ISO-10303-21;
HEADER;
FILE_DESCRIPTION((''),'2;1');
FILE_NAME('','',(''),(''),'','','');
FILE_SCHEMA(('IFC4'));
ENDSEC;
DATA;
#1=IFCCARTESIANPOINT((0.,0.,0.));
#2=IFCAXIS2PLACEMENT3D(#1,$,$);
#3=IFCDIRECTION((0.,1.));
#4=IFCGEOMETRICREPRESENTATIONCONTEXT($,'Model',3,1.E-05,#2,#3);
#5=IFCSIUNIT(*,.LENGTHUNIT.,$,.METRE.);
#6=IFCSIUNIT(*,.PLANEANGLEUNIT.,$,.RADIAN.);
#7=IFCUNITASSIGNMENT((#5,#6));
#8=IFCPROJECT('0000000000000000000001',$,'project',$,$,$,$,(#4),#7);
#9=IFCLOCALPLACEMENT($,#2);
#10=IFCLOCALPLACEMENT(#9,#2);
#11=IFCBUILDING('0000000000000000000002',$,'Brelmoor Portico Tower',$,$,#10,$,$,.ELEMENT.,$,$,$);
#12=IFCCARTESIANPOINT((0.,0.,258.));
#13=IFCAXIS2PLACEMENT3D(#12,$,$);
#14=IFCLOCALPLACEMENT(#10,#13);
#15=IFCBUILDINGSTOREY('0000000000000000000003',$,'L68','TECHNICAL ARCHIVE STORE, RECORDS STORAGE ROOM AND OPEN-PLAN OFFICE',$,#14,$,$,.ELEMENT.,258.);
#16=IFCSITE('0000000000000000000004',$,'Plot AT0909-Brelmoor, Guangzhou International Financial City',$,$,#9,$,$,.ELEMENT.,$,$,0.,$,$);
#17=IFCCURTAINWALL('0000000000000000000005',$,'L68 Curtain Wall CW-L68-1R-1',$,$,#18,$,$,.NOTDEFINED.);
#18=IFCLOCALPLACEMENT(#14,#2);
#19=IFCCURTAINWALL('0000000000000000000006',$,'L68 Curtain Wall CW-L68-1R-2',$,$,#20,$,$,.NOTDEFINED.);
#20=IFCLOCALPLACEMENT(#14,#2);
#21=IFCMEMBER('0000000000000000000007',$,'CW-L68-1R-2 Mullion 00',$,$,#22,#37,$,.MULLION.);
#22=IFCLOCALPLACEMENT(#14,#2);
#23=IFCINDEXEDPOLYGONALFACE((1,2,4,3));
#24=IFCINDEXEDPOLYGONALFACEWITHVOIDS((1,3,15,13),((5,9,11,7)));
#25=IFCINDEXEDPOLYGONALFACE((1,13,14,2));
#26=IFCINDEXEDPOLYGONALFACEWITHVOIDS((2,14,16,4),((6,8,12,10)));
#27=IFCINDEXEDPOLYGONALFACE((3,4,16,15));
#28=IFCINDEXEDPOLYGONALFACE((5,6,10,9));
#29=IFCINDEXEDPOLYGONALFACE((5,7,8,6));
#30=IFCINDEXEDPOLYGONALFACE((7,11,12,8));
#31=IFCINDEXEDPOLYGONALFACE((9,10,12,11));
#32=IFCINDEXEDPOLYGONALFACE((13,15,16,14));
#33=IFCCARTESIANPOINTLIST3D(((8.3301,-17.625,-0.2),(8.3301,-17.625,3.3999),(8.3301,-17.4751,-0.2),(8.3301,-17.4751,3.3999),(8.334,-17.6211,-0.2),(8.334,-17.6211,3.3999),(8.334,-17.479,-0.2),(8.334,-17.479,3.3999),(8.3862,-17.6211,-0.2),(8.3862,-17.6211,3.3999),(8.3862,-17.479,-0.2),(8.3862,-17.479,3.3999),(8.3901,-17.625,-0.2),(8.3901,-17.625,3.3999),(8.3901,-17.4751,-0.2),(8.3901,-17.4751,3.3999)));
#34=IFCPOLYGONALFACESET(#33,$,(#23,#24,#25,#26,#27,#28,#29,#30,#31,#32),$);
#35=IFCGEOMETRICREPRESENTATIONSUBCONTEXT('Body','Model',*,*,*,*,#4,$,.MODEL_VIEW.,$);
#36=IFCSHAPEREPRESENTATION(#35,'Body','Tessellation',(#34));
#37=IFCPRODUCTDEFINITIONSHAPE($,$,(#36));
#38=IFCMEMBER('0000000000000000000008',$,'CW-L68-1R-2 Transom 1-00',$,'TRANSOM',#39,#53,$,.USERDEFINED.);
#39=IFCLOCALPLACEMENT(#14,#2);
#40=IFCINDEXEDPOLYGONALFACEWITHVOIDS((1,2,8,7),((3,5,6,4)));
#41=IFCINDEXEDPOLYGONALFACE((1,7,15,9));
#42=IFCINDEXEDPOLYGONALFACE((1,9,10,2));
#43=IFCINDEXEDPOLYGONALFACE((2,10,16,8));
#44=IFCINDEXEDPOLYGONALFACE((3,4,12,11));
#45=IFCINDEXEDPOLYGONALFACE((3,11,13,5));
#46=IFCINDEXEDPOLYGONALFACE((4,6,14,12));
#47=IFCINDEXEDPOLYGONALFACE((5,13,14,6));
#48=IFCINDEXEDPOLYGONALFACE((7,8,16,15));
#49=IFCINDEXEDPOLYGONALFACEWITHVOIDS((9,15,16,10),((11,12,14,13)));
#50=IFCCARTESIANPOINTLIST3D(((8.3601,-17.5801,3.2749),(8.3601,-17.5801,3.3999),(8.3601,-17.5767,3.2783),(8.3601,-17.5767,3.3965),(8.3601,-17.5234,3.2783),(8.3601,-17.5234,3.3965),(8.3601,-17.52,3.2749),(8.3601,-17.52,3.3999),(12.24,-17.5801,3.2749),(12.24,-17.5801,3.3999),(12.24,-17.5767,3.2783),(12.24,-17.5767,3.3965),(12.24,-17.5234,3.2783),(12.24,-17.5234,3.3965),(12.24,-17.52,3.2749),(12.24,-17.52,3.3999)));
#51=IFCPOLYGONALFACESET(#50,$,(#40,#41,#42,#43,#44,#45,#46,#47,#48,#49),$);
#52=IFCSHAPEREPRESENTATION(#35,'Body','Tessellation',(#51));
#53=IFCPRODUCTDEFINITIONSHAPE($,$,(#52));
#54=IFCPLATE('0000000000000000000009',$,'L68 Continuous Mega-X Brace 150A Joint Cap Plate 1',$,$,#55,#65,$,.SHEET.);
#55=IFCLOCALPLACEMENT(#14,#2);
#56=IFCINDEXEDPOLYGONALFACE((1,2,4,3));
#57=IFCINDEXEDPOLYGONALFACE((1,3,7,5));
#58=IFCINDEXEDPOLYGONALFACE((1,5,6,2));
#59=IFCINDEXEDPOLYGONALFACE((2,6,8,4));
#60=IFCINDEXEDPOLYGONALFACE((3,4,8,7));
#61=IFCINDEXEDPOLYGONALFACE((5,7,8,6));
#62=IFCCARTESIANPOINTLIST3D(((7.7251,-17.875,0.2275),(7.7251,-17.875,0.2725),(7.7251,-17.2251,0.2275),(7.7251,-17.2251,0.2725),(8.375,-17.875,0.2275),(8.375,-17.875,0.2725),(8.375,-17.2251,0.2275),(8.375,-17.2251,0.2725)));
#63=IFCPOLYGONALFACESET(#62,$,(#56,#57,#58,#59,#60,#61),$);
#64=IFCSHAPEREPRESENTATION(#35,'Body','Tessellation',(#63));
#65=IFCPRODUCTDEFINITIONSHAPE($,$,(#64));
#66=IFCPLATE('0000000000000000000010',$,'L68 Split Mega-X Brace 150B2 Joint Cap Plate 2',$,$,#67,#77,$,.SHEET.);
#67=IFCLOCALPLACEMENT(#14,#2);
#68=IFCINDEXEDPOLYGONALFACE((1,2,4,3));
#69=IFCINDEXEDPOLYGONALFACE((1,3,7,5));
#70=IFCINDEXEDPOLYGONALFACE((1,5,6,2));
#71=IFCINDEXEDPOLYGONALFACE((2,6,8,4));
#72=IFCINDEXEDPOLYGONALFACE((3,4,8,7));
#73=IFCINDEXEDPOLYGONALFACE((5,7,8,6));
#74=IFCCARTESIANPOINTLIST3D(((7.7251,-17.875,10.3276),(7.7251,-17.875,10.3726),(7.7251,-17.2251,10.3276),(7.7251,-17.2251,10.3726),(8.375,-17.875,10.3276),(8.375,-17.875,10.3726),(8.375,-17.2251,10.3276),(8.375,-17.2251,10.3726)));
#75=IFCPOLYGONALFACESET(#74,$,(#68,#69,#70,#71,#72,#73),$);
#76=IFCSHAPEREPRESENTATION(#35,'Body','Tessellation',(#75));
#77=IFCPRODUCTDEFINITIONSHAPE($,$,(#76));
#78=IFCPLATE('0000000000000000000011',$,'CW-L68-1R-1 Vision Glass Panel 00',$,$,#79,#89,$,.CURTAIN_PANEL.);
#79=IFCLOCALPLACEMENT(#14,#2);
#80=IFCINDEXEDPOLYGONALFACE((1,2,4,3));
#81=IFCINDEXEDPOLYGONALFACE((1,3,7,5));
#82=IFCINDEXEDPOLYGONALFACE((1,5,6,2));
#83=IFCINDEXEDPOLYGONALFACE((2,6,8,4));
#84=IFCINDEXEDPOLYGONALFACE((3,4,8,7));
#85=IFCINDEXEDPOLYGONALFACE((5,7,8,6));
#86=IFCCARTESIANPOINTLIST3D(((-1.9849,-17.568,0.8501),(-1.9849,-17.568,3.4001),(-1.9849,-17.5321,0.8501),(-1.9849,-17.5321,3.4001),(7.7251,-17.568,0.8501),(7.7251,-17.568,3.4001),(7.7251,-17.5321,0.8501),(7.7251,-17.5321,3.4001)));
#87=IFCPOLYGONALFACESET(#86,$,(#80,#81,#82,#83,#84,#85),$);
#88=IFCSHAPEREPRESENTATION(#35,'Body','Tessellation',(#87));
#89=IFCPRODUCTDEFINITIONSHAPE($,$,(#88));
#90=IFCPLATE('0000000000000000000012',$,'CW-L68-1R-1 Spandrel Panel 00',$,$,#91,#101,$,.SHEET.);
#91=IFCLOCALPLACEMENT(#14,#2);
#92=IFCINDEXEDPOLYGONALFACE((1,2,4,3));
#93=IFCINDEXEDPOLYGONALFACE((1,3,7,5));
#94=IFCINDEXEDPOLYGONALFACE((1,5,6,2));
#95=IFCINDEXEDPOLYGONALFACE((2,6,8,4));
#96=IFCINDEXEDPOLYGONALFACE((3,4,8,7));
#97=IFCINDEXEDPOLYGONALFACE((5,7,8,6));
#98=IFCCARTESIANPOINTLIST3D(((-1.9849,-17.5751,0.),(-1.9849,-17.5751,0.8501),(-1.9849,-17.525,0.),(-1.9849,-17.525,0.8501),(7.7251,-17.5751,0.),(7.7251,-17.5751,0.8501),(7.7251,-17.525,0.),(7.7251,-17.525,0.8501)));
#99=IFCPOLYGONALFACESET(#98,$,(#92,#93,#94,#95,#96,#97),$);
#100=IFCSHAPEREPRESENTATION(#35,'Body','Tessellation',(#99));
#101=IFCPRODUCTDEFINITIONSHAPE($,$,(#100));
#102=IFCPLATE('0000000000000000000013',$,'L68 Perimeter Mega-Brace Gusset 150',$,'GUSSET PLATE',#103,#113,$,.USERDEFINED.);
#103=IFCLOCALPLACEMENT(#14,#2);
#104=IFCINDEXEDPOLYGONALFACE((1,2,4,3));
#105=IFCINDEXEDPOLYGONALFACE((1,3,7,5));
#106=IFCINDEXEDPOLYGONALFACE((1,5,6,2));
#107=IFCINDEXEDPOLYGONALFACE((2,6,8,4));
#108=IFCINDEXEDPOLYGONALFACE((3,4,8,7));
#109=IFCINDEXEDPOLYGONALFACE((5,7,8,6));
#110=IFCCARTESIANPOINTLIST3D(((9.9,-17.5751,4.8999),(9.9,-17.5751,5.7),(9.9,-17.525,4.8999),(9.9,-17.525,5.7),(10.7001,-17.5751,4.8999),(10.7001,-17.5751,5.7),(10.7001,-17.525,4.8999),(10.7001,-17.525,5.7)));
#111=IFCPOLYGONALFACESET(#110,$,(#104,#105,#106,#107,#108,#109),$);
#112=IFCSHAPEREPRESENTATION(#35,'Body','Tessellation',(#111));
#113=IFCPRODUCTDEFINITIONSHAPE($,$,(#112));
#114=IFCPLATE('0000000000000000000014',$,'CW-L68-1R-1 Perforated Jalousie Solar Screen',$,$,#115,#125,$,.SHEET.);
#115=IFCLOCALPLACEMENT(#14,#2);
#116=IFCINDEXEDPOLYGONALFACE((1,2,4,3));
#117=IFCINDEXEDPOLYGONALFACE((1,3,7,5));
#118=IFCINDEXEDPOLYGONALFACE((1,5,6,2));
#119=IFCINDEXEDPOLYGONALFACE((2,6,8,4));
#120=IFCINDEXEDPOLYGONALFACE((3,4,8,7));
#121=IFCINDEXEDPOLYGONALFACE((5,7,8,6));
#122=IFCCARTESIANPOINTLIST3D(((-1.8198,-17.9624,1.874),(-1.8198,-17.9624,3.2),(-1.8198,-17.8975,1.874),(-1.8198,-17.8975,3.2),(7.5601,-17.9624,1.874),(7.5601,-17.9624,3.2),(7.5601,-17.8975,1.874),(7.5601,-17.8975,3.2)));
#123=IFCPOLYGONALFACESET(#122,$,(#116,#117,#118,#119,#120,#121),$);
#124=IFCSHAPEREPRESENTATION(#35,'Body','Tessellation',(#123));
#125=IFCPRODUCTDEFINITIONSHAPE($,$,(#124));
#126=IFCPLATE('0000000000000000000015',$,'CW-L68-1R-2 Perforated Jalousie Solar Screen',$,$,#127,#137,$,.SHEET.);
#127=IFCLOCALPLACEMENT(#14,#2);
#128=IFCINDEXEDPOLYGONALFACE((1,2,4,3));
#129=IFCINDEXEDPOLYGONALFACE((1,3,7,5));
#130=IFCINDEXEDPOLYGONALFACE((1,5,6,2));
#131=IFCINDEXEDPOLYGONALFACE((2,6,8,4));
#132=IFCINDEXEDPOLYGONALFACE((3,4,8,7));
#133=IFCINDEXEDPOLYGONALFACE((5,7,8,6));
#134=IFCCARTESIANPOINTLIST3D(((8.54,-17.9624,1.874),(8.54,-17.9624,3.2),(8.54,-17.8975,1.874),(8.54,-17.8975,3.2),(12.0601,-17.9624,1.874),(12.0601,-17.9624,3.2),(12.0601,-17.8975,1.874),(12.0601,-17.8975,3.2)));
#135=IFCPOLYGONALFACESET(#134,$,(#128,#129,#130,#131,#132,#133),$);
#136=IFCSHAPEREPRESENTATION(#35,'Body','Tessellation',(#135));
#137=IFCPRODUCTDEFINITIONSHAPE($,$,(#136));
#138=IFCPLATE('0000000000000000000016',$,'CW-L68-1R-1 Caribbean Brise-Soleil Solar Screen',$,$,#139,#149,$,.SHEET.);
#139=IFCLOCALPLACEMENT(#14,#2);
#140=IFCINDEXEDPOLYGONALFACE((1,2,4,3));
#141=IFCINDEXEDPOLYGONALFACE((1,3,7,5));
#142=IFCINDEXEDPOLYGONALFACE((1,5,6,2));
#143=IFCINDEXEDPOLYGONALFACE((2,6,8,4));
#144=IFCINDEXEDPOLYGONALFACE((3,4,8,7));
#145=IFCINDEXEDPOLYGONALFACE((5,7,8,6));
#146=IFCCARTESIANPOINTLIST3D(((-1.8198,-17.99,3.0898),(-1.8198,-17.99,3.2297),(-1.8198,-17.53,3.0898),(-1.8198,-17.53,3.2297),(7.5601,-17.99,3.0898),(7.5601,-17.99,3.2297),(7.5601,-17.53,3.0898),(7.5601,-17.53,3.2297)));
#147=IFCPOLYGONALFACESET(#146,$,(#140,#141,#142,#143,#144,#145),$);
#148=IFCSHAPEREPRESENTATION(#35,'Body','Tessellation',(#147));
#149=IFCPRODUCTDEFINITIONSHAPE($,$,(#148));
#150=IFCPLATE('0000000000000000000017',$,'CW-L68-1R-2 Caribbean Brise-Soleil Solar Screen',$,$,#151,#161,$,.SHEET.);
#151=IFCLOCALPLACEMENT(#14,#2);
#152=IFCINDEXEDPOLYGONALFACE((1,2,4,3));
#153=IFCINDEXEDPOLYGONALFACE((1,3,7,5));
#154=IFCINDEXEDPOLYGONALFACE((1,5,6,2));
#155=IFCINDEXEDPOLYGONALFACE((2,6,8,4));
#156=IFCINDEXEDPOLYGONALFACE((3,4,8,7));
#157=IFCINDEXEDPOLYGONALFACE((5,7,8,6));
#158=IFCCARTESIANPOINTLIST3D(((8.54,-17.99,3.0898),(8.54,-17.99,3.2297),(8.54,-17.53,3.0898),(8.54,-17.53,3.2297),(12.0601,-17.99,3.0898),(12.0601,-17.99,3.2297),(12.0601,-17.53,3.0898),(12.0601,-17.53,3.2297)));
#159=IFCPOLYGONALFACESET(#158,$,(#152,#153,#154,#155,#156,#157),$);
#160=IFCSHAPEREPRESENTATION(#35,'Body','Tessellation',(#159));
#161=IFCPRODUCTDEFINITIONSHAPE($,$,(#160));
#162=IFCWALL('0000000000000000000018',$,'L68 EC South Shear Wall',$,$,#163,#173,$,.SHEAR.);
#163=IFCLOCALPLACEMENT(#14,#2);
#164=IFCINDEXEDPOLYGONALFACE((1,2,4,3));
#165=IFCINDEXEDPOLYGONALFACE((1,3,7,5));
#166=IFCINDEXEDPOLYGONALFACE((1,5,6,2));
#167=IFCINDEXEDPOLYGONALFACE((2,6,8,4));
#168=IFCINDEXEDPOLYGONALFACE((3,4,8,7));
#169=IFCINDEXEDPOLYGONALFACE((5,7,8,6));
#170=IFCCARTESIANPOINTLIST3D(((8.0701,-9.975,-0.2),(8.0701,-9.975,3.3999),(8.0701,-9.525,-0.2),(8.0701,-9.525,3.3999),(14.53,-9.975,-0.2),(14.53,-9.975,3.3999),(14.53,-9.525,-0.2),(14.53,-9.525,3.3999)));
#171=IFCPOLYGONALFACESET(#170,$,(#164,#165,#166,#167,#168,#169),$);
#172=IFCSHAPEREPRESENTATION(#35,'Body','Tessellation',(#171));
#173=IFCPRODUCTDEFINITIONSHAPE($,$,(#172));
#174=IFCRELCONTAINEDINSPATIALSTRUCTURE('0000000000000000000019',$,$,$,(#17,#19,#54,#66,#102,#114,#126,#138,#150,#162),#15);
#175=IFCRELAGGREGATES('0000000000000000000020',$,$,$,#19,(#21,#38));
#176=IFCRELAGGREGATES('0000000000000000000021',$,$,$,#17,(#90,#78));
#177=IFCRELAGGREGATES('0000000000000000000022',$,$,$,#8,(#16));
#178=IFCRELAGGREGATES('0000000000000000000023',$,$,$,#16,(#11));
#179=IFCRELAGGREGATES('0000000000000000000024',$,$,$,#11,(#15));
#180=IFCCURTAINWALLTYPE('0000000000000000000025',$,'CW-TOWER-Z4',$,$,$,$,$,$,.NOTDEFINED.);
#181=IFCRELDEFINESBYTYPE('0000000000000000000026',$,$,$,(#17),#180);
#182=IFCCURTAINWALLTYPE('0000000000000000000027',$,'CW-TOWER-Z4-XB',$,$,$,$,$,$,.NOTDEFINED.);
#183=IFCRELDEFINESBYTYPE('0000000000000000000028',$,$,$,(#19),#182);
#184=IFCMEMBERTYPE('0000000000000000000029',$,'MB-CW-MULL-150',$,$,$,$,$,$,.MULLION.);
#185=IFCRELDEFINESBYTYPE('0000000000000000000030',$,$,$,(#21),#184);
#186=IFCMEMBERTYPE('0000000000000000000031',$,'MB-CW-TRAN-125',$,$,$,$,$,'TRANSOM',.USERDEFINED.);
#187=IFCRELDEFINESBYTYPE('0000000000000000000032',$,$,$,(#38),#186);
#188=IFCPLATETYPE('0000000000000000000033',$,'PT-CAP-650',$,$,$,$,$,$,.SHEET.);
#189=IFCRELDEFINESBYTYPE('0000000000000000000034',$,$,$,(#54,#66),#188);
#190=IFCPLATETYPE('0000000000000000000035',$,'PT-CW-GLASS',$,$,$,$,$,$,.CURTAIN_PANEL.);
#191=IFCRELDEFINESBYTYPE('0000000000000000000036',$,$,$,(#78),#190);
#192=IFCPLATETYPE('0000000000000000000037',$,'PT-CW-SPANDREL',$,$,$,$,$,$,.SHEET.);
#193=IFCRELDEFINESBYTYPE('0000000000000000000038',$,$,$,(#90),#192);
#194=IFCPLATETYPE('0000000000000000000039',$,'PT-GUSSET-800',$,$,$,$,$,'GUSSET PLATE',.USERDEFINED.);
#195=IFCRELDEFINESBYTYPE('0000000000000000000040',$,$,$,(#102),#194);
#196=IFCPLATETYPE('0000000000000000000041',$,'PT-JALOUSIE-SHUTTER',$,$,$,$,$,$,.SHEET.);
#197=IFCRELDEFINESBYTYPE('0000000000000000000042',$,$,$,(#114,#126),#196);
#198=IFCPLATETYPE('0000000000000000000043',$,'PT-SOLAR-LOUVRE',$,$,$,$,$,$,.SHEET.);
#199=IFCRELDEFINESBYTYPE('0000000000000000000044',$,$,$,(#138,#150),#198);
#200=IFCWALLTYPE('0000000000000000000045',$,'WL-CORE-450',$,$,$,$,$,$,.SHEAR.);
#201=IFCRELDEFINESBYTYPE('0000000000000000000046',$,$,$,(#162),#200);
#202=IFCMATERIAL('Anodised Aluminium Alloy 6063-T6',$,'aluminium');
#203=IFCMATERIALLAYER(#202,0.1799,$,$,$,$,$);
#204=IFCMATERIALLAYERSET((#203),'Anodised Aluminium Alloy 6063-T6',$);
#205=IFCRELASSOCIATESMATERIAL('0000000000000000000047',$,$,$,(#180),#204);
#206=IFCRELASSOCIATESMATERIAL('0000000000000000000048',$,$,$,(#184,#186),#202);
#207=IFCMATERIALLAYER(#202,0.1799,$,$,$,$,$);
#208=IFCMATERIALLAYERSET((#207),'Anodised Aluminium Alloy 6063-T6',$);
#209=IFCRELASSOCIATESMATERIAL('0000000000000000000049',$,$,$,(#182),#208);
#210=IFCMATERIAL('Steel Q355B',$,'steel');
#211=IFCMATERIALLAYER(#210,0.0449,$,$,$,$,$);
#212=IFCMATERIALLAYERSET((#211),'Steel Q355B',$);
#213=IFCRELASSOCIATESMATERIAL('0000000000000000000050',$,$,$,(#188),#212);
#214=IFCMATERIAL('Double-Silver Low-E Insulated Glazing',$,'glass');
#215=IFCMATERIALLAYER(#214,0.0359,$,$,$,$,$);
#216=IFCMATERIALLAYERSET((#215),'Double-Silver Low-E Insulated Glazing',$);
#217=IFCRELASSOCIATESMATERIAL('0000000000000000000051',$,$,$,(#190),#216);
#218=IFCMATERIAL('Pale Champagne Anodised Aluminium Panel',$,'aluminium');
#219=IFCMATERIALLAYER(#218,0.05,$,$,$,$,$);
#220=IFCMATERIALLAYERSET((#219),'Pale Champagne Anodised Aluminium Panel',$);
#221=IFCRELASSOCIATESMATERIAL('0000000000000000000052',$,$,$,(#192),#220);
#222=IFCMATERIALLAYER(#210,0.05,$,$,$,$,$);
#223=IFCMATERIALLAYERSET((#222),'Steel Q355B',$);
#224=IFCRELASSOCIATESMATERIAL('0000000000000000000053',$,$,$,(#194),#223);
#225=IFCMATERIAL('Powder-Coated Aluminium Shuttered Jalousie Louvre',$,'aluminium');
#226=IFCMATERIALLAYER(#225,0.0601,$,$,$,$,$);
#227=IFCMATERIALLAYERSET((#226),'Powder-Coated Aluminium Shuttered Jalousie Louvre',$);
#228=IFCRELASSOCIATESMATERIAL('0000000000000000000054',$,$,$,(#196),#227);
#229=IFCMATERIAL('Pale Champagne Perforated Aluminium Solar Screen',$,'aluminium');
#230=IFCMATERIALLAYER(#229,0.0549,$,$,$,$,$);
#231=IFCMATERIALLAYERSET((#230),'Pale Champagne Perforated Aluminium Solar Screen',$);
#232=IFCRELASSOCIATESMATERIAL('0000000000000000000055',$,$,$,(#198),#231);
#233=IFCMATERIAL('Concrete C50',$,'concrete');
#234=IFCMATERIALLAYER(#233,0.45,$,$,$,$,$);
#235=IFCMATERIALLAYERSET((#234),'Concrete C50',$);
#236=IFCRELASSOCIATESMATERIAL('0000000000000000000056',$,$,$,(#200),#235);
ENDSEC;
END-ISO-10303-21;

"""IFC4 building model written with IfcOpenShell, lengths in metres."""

from ifc_helpers import new_model, si_unit, direction, frame, frame_2d, origin, origin_2d, place, context, subcontext, project, spatial, rectangle, hollow_rectangle, extrude, material, layer, layer_set, material_profile, profile_set, type_object, element, aggregate, save


model = new_model("IFC4")

# Units and contexts
model_context = context("Model", 3, precision=1e-05, world=origin(), true_north=direction((0.0, 1.0)))
body_context = subcontext(model_context, "Body", "Model", "MODEL_VIEW")
ifc_project = project(units=[si_unit("LENGTHUNIT", "METRE"), si_unit("PLANEANGLEUNIT", "RADIAN")], contexts=[model_context])

# Site, building, storey
site_placement = place(None, origin())
site = spatial("IfcSite", under=ifc_project, at=site_placement, Name="Plot AT0909-Brelmoor, Guangzhou International Financial City", CompositionType="ELEMENT", RefElevation=0.0)
building_placement = place(site_placement, origin())
building = spatial("IfcBuilding", under=site, at=building_placement, Name="Brelmoor Portico Tower", CompositionType="ELEMENT")
storey_placement = place(building_placement, frame((0.0, 0.0, 258.0)))
storey = spatial("IfcBuildingStorey", under=building, at=storey_placement, Name="L68", Description="TECHNICAL ARCHIVE STORE, RECORDS STORAGE ROOM AND OPEN-PLAN OFFICE", CompositionType="ELEMENT", Elevation=258.0)

# Shared definitions
ifc_material_1 = material(Name="Steel Q355B", Category="steel")

# Curtain wall
ifc_material_2 = material(Name="Anodised Aluminium Alloy 6063-T6", Category="aluminium")
ifc_layer_1 = layer(ifc_material_2, 0.1799)
ifc_layer_set_1 = layer_set([ifc_layer_1], Name="Anodised Aluminium Alloy 6063-T6")
curtain_wall_type_1 = type_object("IfcCurtainWallType", Name="CW-TOWER-Z4", PredefinedType="NOTDEFINED", material=ifc_layer_set_1)
curtain_wall_1_placement = place(storey_placement, origin())
curtain_wall_1 = element("IfcCurtainWall", 1, at=curtain_wall_1_placement, inside=storey, type_object=curtain_wall_type_1, Name="L68 Curtain Wall CW-L68-1R-1", PredefinedType="NOTDEFINED")
ifc_material_profile_1 = material_profile(ifc_material_2, hollow_rectangle(XDim=0.0601, YDim=0.1499, WallThickness=0.0039, at=origin_2d()), Name="ALU MULLION 60x150")
ifc_profile_set_1 = profile_set([ifc_material_profile_1], Name="Anodised Aluminium Alloy 6063-T6")
member_type_1 = type_object("IfcMemberType", Name="MB-CW-MULL-150", PredefinedType="MULLION", material=ifc_profile_set_1)

# Curtain wall, members
ifc_layer_2 = layer(ifc_material_2, 0.1799)
ifc_layer_set_2 = layer_set([ifc_layer_2], Name="Anodised Aluminium Alloy 6063-T6")
curtain_wall_type_2 = type_object("IfcCurtainWallType", Name="CW-TOWER-Z4-XB", PredefinedType="NOTDEFINED", material=ifc_layer_set_2)
curtain_wall_2_placement = place(storey_placement, origin())
curtain_wall_2 = element("IfcCurtainWall", 2, at=curtain_wall_2_placement, inside=storey, type_object=curtain_wall_type_2, Name="L68 Curtain Wall CW-L68-1R-2", PredefinedType="NOTDEFINED")
member_1_placement = place(storey_placement, frame((8.3601, -17.55, -0.2), z_axis=(0.0, 0.0, 1.0), x_axis=(1.0, 0.0, 0.0)))
member_1 = element("IfcMember", 3, at=member_1_placement, type_object=member_type_1, Name="CW-L68-1R-2 Mullion 00", PredefinedType="MULLION", context=body_context, shape_type="SweptSolid", body=[
    extrude(hollow_rectangle(XDim=0.0601, YDim=0.1499, WallThickness=0.0039, at=origin_2d()), origin(), (0.0, 0.0, 1.0), 3.5999),
])
ifc_material_profile_2 = material_profile(ifc_material_2, hollow_rectangle(XDim=0.0601, YDim=0.125, WallThickness=0.0034, at=origin_2d()), Name="ALU TRANSOM 60x125")
ifc_profile_set_2 = profile_set([ifc_material_profile_2], Name="Anodised Aluminium Alloy 6063-T6")
member_type_2 = type_object("IfcMemberType", Name="MB-CW-TRAN-125", ElementType="TRANSOM", PredefinedType="USERDEFINED", material=ifc_profile_set_2)
member_2_placement = place(storey_placement, frame((8.3601, -17.55, 3.3374), z_axis=(1.0, 0.0, 0.0), x_axis=(0.0, 1.0, 0.0)))
member_2 = element("IfcMember", 4, at=member_2_placement, type_object=member_type_2, Name="CW-L68-1R-2 Transom 1-00", ObjectType="TRANSOM", PredefinedType="USERDEFINED", context=body_context, shape_type="SweptSolid", body=[
    extrude(hollow_rectangle(XDim=0.0601, YDim=0.125, WallThickness=0.0034, at=origin_2d()), origin(), (0.0, 0.0, 1.0), 3.8799),
])
aggregate(curtain_wall_2, [member_1, member_2])

# Plates
ifc_layer_3 = layer(ifc_material_1, 0.0449)
ifc_layer_set_3 = layer_set([ifc_layer_3], Name="Steel Q355B")
plate_type_1 = type_object("IfcPlateType", Name="PT-CAP-650", PredefinedType="SHEET", material=ifc_layer_set_3)
for number, where, z_axis, x_axis, name in (
    (5, (8.05, -17.55, 0.2275), (0.0, 0.0, 1.0), (1.0, 0.0, 0.0), "L68 Continuous Mega-X Brace 150A Joint Cap Plate 1"),
    (6, (8.05, -17.55, 10.3276), (0.0, 0.0, 1.0), (1.0, 0.0, 0.0), "L68 Split Mega-X Brace 150B2 Joint Cap Plate 2"),
):
    element("IfcPlate", number, at=place(storey_placement, frame(where, z_axis=z_axis, x_axis=x_axis)), inside=storey, type_object=plate_type_1, Name=name, PredefinedType="SHEET", context=body_context, shape_type="SweptSolid", body=[
        extrude(rectangle(XDim=0.6499, YDim=0.6499, at=origin_2d()), origin(), (0.0, 0.0, 1.0), 0.0449),
    ])

# Plates
ifc_material_3 = material(Name="Double-Silver Low-E Insulated Glazing", Category="glass")
ifc_layer_4 = layer(ifc_material_3, 0.0359)
ifc_layer_set_4 = layer_set([ifc_layer_4], Name="Double-Silver Low-E Insulated Glazing")
plate_type_2 = type_object("IfcPlateType", Name="PT-CW-GLASS", PredefinedType="CURTAIN_PANEL", material=ifc_layer_set_4)
plate_1_placement = place(storey_placement, frame((2.8701, -17.55, 0.8501), z_axis=(0.0, 0.0, 1.0), x_axis=(1.0, 0.0, 0.0)))
plate_1 = element("IfcPlate", 7, at=plate_1_placement, type_object=plate_type_2, Name="CW-L68-1R-1 Vision Glass Panel 00", PredefinedType="CURTAIN_PANEL", context=body_context, shape_type="SweptSolid", body=[
    extrude(rectangle(XDim=9.71, YDim=0.0359, at=origin_2d()), origin(), (0.0, 0.0, 1.0), 2.55),
])
ifc_material_4 = material(Name="Pale Champagne Anodised Aluminium Panel", Category="aluminium")
ifc_layer_5 = layer(ifc_material_4, 0.05)
ifc_layer_set_5 = layer_set([ifc_layer_5], Name="Pale Champagne Anodised Aluminium Panel")
plate_type_3 = type_object("IfcPlateType", Name="PT-CW-SPANDREL", PredefinedType="SHEET", material=ifc_layer_set_5)
plate_2_placement = place(storey_placement, frame((2.8701, -17.55, 0.0), z_axis=(0.0, 0.0, 1.0), x_axis=(1.0, 0.0, 0.0)))
plate_2 = element("IfcPlate", 8, at=plate_2_placement, type_object=plate_type_3, Name="CW-L68-1R-1 Spandrel Panel 00", PredefinedType="SHEET", context=body_context, shape_type="SweptSolid", body=[
    extrude(rectangle(XDim=9.71, YDim=0.05, at=origin_2d()), origin(), (0.0, 0.0, 1.0), 0.8501),
])
aggregate(curtain_wall_1, [plate_2, plate_1])

# Plates
ifc_layer_6 = layer(ifc_material_1, 0.05)
ifc_layer_set_6 = layer_set([ifc_layer_6], Name="Steel Q355B")
plate_type_4 = type_object("IfcPlateType", Name="PT-GUSSET-800", ElementType="GUSSET PLATE", PredefinedType="USERDEFINED", material=ifc_layer_set_6)
plate_3_placement = place(storey_placement, frame((10.3, -17.55, 4.8999), z_axis=(0.0, 0.0, 1.0), x_axis=(1.0, 0.0, 0.0)))
element("IfcPlate", 9, at=plate_3_placement, inside=storey, type_object=plate_type_4, Name="L68 Perimeter Mega-Brace Gusset 150", ObjectType="GUSSET PLATE", PredefinedType="USERDEFINED", context=body_context, shape_type="SweptSolid", body=[
    extrude(rectangle(XDim=0.8, YDim=0.05, at=origin_2d()), origin(), (0.0, 0.0, 1.0), 0.8),
])
ifc_material_5 = material(Name="Powder-Coated Aluminium Shuttered Jalousie Louvre", Category="aluminium")
ifc_layer_7 = layer(ifc_material_5, 0.0601)
ifc_layer_set_7 = layer_set([ifc_layer_7], Name="Powder-Coated Aluminium Shuttered Jalousie Louvre")
plate_type_5 = type_object("IfcPlateType", Name="PT-JALOUSIE-SHUTTER", PredefinedType="SHEET", material=ifc_layer_set_7)
plate_4_placement = place(storey_placement, frame((2.8701, -17.9299, 1.874), z_axis=(0.0, 0.0, 1.0), x_axis=(1.0, 0.0, 0.0)))
element("IfcPlate", 10, at=plate_4_placement, inside=storey, type_object=plate_type_5, Name="CW-L68-1R-1 Perforated Jalousie Solar Screen", PredefinedType="SHEET", context=body_context, shape_type="SweptSolid", body=[
    extrude(rectangle(XDim=9.3799, YDim=0.0649, at=origin_2d()), origin(), (0.0, 0.0, 1.0), 1.3259),
])
plate_5_placement = place(storey_placement, frame((10.3, -17.9299, 1.874), z_axis=(0.0, 0.0, 1.0), x_axis=(1.0, 0.0, 0.0)))
element("IfcPlate", 11, at=plate_5_placement, inside=storey, type_object=plate_type_5, Name="CW-L68-1R-2 Perforated Jalousie Solar Screen", PredefinedType="SHEET", context=body_context, shape_type="SweptSolid", body=[
    extrude(rectangle(XDim=3.52, YDim=0.0649, at=origin_2d()), origin(), (0.0, 0.0, 1.0), 1.3259),
])
ifc_material_6 = material(Name="Pale Champagne Perforated Aluminium Solar Screen", Category="aluminium")
ifc_layer_8 = layer(ifc_material_6, 0.0549)
ifc_layer_set_8 = layer_set([ifc_layer_8], Name="Pale Champagne Perforated Aluminium Solar Screen")
plate_type_6 = type_object("IfcPlateType", Name="PT-SOLAR-LOUVRE", PredefinedType="SHEET", material=ifc_layer_set_8)
plate_6_placement = place(storey_placement, frame((2.8701, -17.76, 3.0898), z_axis=(0.0, 0.0, 1.0), x_axis=(1.0, 0.0, 0.0)))
element("IfcPlate", 12, at=plate_6_placement, inside=storey, type_object=plate_type_6, Name="CW-L68-1R-1 Caribbean Brise-Soleil Solar Screen", PredefinedType="SHEET", context=body_context, shape_type="SweptSolid", body=[
    extrude(rectangle(XDim=9.3799, YDim=0.46, at=origin_2d()), origin(), (0.0, 0.0, 1.0), 0.1399),
])
plate_7_placement = place(storey_placement, frame((10.3, -17.76, 3.0898), z_axis=(0.0, 0.0, 1.0), x_axis=(1.0, 0.0, 0.0)))
element("IfcPlate", 13, at=plate_7_placement, inside=storey, type_object=plate_type_6, Name="CW-L68-1R-2 Caribbean Brise-Soleil Solar Screen", PredefinedType="SHEET", context=body_context, shape_type="SweptSolid", body=[
    extrude(rectangle(XDim=3.52, YDim=0.46, at=origin_2d()), origin(), (0.0, 0.0, 1.0), 0.1399),
])

# Wall
ifc_material_7 = material(Name="Concrete C50", Category="concrete")
ifc_layer_9 = layer(ifc_material_7, 0.45)
ifc_layer_set_9 = layer_set([ifc_layer_9], Name="Concrete C50")
wall_type_1 = type_object("IfcWallType", Name="WL-CORE-450", PredefinedType="SHEAR", material=ifc_layer_set_9)
wall_1_placement = place(storey_placement, frame((8.0701, -9.75, -0.2), z_axis=(0.0, 0.0, 1.0), x_axis=(1.0, 0.0, 0.0)))
element("IfcWall", 14, at=wall_1_placement, inside=storey, type_object=wall_type_1, Name="L68 EC South Shear Wall", PredefinedType="SHEAR", context=body_context, shape_type="SweptSolid", body=[
    extrude(rectangle(XDim=6.46, YDim=0.45, at=frame_2d((3.23, 0.0))), origin(), (0.0, 0.0, 1.0), 3.5999),
])

save(model, "model.ifc")
